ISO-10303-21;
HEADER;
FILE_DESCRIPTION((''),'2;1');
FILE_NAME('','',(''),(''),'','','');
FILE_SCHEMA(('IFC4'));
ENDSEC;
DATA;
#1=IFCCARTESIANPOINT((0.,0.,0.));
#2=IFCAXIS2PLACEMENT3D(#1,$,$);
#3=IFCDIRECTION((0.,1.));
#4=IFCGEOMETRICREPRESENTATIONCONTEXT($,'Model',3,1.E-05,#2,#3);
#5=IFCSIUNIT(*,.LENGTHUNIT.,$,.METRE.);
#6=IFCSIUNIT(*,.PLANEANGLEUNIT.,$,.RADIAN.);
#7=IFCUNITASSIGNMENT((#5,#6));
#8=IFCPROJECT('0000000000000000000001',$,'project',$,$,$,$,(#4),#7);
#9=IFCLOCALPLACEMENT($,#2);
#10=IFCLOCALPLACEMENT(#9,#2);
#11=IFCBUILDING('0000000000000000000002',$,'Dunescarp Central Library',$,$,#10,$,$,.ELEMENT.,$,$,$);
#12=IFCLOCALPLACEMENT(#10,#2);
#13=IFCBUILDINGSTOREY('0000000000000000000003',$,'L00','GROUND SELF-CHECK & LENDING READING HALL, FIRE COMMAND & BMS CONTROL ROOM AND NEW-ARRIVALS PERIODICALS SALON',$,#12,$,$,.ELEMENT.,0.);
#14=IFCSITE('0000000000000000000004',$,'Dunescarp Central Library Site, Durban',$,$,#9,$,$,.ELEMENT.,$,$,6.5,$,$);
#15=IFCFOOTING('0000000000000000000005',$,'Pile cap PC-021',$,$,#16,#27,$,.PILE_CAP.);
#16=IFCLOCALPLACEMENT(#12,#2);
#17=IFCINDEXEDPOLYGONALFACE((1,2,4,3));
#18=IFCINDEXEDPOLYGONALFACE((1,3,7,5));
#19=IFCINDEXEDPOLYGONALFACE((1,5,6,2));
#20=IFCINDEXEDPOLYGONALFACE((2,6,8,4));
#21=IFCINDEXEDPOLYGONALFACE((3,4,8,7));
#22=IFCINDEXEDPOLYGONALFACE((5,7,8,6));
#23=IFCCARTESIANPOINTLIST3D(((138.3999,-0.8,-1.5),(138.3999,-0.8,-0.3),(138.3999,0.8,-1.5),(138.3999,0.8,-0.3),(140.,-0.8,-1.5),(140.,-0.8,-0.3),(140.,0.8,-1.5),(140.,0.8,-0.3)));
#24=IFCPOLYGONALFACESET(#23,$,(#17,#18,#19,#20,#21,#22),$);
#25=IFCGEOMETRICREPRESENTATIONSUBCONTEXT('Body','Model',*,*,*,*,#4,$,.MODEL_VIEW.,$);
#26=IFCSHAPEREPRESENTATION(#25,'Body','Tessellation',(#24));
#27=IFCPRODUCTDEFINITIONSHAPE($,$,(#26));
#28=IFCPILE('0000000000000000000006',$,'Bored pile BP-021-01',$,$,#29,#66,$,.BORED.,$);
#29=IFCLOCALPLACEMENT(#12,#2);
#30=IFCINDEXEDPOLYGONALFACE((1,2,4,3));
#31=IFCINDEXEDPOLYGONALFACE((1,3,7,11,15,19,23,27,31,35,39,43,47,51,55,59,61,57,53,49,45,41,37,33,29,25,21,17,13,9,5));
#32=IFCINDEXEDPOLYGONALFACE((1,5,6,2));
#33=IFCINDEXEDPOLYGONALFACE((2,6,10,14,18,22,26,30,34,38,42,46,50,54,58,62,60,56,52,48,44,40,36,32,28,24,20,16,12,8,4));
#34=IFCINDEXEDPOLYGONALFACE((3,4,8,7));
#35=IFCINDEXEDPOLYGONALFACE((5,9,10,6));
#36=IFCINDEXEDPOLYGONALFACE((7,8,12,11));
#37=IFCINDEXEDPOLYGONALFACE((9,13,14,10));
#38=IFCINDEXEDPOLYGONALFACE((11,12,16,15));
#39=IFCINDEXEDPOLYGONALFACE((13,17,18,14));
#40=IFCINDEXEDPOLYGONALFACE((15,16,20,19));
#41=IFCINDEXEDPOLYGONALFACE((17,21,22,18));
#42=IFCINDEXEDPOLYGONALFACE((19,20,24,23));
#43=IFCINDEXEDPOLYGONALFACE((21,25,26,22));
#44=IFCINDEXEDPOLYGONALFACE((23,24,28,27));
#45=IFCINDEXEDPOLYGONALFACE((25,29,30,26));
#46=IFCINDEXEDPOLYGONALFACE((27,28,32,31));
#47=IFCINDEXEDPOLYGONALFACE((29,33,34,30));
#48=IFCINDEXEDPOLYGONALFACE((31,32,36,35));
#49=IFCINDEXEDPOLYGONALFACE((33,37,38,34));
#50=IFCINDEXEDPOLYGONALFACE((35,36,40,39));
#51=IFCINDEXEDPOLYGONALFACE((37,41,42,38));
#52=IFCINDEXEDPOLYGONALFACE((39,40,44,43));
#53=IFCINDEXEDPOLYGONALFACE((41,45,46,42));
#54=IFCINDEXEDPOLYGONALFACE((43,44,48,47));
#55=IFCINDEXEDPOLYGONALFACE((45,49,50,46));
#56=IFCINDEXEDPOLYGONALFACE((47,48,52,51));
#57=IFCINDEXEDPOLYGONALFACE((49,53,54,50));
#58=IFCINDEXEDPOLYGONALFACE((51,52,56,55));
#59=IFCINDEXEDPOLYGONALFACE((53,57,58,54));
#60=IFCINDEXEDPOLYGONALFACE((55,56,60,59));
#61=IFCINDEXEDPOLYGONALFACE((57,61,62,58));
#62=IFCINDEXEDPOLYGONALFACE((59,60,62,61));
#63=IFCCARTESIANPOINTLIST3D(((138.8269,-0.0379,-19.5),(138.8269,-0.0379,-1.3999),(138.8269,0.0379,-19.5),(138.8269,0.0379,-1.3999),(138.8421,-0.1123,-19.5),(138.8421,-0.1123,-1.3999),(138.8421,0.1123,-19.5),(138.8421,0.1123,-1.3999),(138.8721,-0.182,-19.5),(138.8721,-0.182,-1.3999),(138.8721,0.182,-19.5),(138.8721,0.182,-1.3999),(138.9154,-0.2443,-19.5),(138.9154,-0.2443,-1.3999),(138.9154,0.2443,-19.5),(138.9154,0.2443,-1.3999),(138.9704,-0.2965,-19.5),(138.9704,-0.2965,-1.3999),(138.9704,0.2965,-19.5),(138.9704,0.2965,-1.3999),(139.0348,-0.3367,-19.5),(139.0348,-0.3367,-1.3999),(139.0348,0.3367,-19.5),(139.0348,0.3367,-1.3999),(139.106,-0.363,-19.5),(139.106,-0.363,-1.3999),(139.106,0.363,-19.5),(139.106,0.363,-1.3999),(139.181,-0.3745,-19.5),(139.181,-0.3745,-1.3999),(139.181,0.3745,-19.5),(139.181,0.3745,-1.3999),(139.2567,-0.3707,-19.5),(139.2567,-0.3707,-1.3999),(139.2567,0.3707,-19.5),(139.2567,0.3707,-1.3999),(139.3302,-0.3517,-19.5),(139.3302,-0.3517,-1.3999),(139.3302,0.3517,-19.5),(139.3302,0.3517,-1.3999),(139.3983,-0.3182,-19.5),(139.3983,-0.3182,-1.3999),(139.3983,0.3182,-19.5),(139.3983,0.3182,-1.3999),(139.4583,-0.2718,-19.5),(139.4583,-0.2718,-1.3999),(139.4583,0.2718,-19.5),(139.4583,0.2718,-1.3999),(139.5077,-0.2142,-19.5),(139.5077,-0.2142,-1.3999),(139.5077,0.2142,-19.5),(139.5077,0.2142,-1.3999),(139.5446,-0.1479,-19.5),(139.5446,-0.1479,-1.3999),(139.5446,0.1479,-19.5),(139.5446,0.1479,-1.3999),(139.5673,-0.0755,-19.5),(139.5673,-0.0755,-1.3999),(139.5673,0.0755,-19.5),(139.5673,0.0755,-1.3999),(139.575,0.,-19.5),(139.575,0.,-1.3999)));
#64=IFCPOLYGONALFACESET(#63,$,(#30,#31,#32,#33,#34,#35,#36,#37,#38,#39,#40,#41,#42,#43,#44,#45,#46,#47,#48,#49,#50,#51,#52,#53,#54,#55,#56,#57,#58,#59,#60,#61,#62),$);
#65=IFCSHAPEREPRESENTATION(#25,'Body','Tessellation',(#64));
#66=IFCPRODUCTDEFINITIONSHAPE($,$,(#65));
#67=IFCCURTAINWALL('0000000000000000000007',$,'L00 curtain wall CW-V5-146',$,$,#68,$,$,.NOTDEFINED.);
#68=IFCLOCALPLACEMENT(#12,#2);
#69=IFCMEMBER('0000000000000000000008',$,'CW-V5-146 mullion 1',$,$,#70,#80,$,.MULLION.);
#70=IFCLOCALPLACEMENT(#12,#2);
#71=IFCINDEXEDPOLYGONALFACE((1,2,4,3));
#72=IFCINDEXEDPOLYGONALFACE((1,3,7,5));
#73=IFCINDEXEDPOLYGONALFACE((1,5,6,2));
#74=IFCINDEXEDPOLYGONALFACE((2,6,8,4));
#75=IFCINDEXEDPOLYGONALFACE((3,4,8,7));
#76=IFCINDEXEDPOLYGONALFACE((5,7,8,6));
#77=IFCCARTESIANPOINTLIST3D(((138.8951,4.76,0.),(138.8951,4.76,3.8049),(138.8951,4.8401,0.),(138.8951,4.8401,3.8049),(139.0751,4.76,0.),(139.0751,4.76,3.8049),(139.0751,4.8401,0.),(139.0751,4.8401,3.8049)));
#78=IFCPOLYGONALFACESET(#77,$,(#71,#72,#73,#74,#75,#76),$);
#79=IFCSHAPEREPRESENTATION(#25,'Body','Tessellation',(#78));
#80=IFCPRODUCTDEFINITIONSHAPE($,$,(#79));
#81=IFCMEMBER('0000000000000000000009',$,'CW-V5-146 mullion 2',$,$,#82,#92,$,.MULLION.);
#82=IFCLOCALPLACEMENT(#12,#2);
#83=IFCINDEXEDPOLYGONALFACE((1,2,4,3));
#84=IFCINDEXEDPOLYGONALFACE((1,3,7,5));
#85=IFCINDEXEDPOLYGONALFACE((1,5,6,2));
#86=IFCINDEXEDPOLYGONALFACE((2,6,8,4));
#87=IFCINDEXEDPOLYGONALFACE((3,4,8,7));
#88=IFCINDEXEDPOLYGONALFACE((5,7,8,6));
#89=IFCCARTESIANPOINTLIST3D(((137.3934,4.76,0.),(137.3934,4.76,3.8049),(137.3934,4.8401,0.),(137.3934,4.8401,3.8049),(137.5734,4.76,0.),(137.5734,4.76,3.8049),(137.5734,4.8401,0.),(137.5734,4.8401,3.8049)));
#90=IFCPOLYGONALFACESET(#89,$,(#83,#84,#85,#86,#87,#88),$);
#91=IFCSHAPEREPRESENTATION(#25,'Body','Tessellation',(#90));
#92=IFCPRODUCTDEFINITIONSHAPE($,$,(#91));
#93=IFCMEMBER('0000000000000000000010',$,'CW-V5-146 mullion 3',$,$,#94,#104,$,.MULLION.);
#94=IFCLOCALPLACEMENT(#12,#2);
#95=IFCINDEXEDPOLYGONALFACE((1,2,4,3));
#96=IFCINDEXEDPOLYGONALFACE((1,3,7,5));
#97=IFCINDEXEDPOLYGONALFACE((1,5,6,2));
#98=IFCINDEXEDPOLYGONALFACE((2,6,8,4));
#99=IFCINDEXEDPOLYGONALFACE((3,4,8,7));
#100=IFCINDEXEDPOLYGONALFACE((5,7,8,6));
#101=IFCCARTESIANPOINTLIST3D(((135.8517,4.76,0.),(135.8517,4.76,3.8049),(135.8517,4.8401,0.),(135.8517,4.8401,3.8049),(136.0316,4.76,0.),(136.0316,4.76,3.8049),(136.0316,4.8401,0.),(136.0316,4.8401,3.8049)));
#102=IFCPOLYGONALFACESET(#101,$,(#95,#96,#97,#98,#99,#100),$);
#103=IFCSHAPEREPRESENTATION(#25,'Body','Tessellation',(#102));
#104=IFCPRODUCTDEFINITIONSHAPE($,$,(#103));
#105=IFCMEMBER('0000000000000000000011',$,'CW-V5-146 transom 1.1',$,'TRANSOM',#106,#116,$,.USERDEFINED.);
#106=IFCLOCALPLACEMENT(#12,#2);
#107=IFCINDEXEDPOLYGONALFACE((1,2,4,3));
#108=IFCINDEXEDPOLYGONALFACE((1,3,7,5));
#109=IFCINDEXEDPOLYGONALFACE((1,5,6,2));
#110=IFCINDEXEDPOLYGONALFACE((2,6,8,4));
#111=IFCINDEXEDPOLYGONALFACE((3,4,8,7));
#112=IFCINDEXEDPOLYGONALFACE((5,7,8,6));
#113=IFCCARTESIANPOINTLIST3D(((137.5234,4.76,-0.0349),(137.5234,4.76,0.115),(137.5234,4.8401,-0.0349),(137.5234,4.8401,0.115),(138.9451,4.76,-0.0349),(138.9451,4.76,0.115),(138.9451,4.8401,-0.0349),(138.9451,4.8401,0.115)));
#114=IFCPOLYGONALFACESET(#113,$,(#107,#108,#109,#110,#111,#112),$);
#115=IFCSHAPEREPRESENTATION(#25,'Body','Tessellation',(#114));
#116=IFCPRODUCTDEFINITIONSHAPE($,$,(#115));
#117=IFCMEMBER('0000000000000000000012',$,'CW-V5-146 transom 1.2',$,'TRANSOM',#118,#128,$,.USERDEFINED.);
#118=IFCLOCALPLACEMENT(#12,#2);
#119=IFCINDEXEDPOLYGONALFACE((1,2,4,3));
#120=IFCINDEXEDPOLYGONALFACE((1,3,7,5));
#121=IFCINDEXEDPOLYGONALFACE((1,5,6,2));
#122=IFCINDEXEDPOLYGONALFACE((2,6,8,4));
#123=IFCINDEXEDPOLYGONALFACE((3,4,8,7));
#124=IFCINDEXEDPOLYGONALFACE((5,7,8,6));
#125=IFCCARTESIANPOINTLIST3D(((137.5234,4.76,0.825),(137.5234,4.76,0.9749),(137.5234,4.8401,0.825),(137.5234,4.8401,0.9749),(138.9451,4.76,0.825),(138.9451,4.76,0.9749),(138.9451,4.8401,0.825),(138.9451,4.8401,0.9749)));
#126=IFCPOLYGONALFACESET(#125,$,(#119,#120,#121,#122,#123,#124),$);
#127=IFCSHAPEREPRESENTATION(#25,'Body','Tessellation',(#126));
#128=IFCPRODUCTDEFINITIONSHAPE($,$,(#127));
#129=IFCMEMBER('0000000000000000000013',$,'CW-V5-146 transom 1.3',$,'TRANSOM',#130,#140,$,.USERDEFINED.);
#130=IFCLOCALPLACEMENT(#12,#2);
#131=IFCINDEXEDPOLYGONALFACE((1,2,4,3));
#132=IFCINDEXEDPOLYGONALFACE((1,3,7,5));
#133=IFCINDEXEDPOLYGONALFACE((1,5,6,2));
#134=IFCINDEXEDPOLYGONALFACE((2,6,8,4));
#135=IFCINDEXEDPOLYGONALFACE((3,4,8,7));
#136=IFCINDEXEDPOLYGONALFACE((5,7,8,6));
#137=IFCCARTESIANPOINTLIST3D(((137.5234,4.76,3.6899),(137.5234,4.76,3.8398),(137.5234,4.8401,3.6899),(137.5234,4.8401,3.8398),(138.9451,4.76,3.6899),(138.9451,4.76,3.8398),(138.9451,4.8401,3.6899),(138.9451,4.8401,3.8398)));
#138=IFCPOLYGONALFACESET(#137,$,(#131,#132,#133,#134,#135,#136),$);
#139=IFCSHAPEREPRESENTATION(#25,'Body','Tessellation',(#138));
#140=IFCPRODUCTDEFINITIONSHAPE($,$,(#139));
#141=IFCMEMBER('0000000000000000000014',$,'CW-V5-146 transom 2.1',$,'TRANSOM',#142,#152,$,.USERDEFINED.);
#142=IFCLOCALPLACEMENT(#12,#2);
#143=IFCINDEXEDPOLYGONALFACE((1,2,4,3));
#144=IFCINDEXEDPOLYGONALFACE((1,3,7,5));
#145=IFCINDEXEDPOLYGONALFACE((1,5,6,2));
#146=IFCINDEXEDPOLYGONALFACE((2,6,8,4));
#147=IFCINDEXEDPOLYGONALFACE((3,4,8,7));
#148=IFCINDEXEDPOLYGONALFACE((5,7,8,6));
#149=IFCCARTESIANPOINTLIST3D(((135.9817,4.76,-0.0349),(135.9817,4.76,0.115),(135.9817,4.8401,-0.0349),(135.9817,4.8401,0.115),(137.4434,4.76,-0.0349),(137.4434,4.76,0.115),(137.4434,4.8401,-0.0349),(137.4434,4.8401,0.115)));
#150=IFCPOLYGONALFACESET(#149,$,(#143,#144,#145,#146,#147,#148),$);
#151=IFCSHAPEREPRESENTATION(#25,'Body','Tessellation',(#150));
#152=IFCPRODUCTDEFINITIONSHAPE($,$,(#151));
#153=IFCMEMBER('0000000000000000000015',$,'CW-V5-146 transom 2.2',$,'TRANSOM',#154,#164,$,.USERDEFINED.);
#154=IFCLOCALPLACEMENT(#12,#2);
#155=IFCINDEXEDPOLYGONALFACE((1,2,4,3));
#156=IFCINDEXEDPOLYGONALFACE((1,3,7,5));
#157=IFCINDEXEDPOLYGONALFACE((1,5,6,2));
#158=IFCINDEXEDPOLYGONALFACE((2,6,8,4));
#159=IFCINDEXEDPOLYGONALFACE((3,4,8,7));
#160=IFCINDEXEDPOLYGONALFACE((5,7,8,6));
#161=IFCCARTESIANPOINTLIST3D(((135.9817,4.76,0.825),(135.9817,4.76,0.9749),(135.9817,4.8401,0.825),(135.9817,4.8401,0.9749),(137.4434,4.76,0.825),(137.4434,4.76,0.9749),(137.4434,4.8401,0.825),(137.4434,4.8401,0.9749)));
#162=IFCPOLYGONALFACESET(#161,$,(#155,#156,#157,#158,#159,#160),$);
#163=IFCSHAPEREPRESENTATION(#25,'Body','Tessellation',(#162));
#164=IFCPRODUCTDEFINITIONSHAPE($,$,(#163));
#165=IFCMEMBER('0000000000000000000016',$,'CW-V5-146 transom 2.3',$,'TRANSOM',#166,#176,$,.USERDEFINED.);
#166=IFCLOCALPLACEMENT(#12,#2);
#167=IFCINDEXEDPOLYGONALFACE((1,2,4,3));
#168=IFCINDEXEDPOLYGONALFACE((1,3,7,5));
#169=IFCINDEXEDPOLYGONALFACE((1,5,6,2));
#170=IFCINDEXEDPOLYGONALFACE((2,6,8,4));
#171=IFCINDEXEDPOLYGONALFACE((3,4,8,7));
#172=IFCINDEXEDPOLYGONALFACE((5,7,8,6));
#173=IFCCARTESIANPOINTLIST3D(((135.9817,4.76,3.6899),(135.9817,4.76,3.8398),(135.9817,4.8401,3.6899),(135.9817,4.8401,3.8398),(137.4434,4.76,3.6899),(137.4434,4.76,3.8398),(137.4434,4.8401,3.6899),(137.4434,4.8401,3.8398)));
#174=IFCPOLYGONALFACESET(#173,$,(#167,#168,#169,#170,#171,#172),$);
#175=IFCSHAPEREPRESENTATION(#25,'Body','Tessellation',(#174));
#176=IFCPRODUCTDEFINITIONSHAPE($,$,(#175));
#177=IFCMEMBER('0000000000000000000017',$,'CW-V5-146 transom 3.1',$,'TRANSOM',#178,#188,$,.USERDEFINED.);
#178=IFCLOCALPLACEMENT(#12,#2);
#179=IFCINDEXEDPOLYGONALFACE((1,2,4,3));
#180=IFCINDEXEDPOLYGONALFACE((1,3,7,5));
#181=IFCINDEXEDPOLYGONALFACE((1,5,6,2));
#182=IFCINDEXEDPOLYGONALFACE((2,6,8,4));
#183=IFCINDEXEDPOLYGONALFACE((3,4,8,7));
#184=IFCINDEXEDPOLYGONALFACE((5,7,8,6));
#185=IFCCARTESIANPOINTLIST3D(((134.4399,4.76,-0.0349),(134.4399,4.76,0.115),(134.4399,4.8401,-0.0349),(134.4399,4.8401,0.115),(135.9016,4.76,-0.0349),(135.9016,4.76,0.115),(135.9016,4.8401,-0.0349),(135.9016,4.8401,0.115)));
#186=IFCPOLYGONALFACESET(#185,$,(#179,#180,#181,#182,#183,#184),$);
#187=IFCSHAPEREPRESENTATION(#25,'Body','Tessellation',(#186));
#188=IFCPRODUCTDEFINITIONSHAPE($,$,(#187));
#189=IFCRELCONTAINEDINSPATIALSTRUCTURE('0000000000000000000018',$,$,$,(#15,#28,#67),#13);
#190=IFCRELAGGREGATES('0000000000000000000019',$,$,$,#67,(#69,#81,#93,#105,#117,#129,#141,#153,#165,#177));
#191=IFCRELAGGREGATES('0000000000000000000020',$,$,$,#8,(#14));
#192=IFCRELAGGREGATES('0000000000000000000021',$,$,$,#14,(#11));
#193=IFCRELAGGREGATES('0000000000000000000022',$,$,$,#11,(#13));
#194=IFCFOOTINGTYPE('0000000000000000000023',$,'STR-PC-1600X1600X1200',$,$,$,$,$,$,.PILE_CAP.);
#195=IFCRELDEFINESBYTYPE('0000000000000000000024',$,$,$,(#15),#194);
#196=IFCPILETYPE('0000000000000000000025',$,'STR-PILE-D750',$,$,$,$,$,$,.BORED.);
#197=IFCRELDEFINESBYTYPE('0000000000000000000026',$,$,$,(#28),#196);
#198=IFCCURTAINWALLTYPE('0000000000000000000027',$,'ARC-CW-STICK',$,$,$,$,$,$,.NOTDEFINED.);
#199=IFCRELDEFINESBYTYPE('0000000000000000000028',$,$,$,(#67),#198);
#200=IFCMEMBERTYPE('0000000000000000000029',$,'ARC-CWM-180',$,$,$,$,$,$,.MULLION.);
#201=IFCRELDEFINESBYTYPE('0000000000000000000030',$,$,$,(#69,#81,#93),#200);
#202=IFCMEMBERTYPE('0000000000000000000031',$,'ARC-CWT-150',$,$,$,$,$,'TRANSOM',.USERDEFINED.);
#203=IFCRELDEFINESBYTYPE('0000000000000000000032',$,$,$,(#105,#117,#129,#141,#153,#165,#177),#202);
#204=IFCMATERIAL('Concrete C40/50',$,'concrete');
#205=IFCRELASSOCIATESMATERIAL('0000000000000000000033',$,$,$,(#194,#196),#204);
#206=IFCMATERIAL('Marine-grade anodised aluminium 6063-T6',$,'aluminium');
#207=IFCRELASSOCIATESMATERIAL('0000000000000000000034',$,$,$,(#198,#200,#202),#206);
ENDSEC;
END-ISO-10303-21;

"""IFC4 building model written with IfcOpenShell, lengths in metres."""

from ifc_helpers import new_model, si_unit, direction, frame, origin, origin_2d, place, context, subcontext, project, spatial, rectangle, circle, extrude, material, material_profile, profile_set, type_object, element, aggregate, save


model = new_model("IFC4")

# Units and contexts
model_context = context("Model", 3, precision=1e-05, world=origin(), true_north=direction((0.0, 1.0)))
body_context = subcontext(model_context, "Body", "Model", "MODEL_VIEW")
ifc_project = project(units=[si_unit("LENGTHUNIT", "METRE"), si_unit("PLANEANGLEUNIT", "RADIAN")], contexts=[model_context])

# Site, building, storey
site_placement = place(None, origin())
site = spatial("IfcSite", under=ifc_project, at=site_placement, Name="Dunescarp Central Library Site, Durban", CompositionType="ELEMENT", RefElevation=6.5)
building_placement = place(site_placement, origin())
building = spatial("IfcBuilding", under=site, at=building_placement, Name="Dunescarp Central Library", CompositionType="ELEMENT")
storey_placement = place(building_placement, origin())
storey = spatial("IfcBuildingStorey", under=building, at=storey_placement, Name="L00", Description="GROUND SELF-CHECK & LENDING READING HALL, FIRE COMMAND & BMS CONTROL ROOM AND NEW-ARRIVALS PERIODICALS SALON", CompositionType="ELEMENT", Elevation=0.0)

# Footing
ifc_material_1 = material(Name="Concrete C40/50", Category="concrete")
footing_type = type_object("IfcFootingType", Name="STR-PC-1600X1600X1200", PredefinedType="PILE_CAP", material=ifc_material_1)
footing_placement = place(storey_placement, frame((139.2, 0.0, -1.5), z_axis=(0.0, 0.0, 1.0), x_axis=(1.0, 0.0, 0.0)))
element("IfcFooting", 1, at=footing_placement, inside=storey, type_object=footing_type, Name="Pile cap PC-021", PredefinedType="PILE_CAP", context=body_context, shape_type="SweptSolid", body=[
    extrude(rectangle(XDim=1.6001, YDim=1.6001, at=origin_2d()), origin(), (0.0, 0.0, 1.0), 1.2),
])

# Pile
ifc_material_profile_1 = material_profile(ifc_material_1, circle(Radius=0.375, at=origin_2d()), Name="PILE D750")
ifc_profile_set_1 = profile_set([ifc_material_profile_1], Name="Concrete C40/50")
pile_type = type_object("IfcPileType", Name="STR-PILE-D750", PredefinedType="BORED", material=ifc_profile_set_1)
pile_placement = place(storey_placement, frame((139.2, 0.0, -1.3999), z_axis=(0.0, 0.0, -1.0), x_axis=(1.0, 0.0, 0.0)))
element("IfcPile", 2, at=pile_placement, inside=storey, type_object=pile_type, Name="Bored pile BP-021-01", PredefinedType="BORED", context=body_context, shape_type="SweptSolid", body=[
    extrude(circle(Radius=0.375, at=origin_2d()), origin(), (0.0, 0.0, 1.0), 18.1001),
])

# Curtain wall, members
ifc_material_2 = material(Name="Marine-grade anodised aluminium 6063-T6", Category="aluminium")
curtain_wall_type = type_object("IfcCurtainWallType", Name="ARC-CW-STICK", PredefinedType="NOTDEFINED", material=ifc_material_2)
curtain_wall_placement = place(storey_placement, origin())
curtain_wall = element("IfcCurtainWall", 3, at=curtain_wall_placement, inside=storey, type_object=curtain_wall_type, Name="L00 curtain wall CW-V5-146", PredefinedType="NOTDEFINED")
ifc_material_profile_2 = material_profile(ifc_material_2, rectangle(XDim=0.0801, YDim=0.1799, at=origin_2d()), Name="AL 80x180")
ifc_profile_set_2 = profile_set([ifc_material_profile_2], Name="Marine-grade anodised aluminium 6063-T6")
member_type_1 = type_object("IfcMemberType", Name="ARC-CWM-180", PredefinedType="MULLION", material=ifc_profile_set_2)
member_1_placement = place(storey_placement, frame((138.9851, 4.8, 0.0), z_axis=(0.0, 0.0, 1.0), x_axis=(0.0, -1.0, 0.0)))
member_1 = element("IfcMember", 4, at=member_1_placement, type_object=member_type_1, Name="CW-V5-146 mullion 1", PredefinedType="MULLION", context=body_context, shape_type="SweptSolid", body=[
    extrude(rectangle(XDim=0.0801, YDim=0.1799, at=origin_2d()), origin(), (0.0, 0.0, 1.0), 3.8049),
])
member_2_placement = place(storey_placement, frame((137.4834, 4.8, 0.0), z_axis=(0.0, 0.0, 1.0), x_axis=(0.0, -1.0, 0.0)))
member_2 = element("IfcMember", 5, at=member_2_placement, type_object=member_type_1, Name="CW-V5-146 mullion 2", PredefinedType="MULLION", context=body_context, shape_type="SweptSolid", body=[
    extrude(rectangle(XDim=0.0801, YDim=0.1799, at=origin_2d()), origin(), (0.0, 0.0, 1.0), 3.8049),
])
member_3_placement = place(storey_placement, frame((135.9417, 4.8, 0.0), z_axis=(0.0, 0.0, 1.0), x_axis=(0.0, -1.0, 0.0)))
member_3 = element("IfcMember", 6, at=member_3_placement, type_object=member_type_1, Name="CW-V5-146 mullion 3", PredefinedType="MULLION", context=body_context, shape_type="SweptSolid", body=[
    extrude(rectangle(XDim=0.0801, YDim=0.1799, at=origin_2d()), origin(), (0.0, 0.0, 1.0), 3.8049),
])
ifc_material_profile_3 = material_profile(ifc_material_2, rectangle(XDim=0.0801, YDim=0.1499, at=origin_2d()), Name="AL 80x150")
ifc_profile_set_3 = profile_set([ifc_material_profile_3], Name="Marine-grade anodised aluminium 6063-T6")
member_type_2 = type_object("IfcMemberType", Name="ARC-CWT-150", ElementType="TRANSOM", PredefinedType="USERDEFINED", material=ifc_profile_set_3)
member_4_placement = place(storey_placement, frame((138.9451, 4.8, 0.04), z_axis=(-1.0, 0.0, 0.0), x_axis=(0.0, -1.0, 0.0)))
member_4 = element("IfcMember", 7, at=member_4_placement, type_object=member_type_2, Name="CW-V5-146 transom 1.1", ObjectType="TRANSOM", PredefinedType="USERDEFINED", context=body_context, shape_type="SweptSolid", body=[
    extrude(rectangle(XDim=0.0801, YDim=0.1499, at=origin_2d()), origin(), (0.0, 0.0, 1.0), 1.4216),
])
member_5_placement = place(storey_placement, frame((138.9451, 4.8, 0.8999), z_axis=(-1.0, 0.0, 0.0), x_axis=(0.0, -1.0, 0.0)))
member_5 = element("IfcMember", 8, at=member_5_placement, type_object=member_type_2, Name="CW-V5-146 transom 1.2", ObjectType="TRANSOM", PredefinedType="USERDEFINED", context=body_context, shape_type="SweptSolid", body=[
    extrude(rectangle(XDim=0.0801, YDim=0.1499, at=origin_2d()), origin(), (0.0, 0.0, 1.0), 1.4216),
])
member_6_placement = place(storey_placement, frame((138.9451, 4.8, 3.7649), z_axis=(-1.0, 0.0, 0.0), x_axis=(0.0, -1.0, 0.0)))
member_6 = element("IfcMember", 9, at=member_6_placement, type_object=member_type_2, Name="CW-V5-146 transom 1.3", ObjectType="TRANSOM", PredefinedType="USERDEFINED", context=body_context, shape_type="SweptSolid", body=[
    extrude(rectangle(XDim=0.0801, YDim=0.1499, at=origin_2d()), origin(), (0.0, 0.0, 1.0), 1.4216),
])
member_7_placement = place(storey_placement, frame((137.4434, 4.8, 0.04), z_axis=(-1.0, 0.0, 0.0), x_axis=(0.0, -1.0, 0.0)))
member_7 = element("IfcMember", 10, at=member_7_placement, type_object=member_type_2, Name="CW-V5-146 transom 2.1", ObjectType="TRANSOM", PredefinedType="USERDEFINED", context=body_context, shape_type="SweptSolid", body=[
    extrude(rectangle(XDim=0.0801, YDim=0.1499, at=origin_2d()), origin(), (0.0, 0.0, 1.0), 1.4617),
])
member_8_placement = place(storey_placement, frame((137.4434, 4.8, 0.8999), z_axis=(-1.0, 0.0, 0.0), x_axis=(0.0, -1.0, 0.0)))
member_8 = element("IfcMember", 11, at=member_8_placement, type_object=member_type_2, Name="CW-V5-146 transom 2.2", ObjectType="TRANSOM", PredefinedType="USERDEFINED", context=body_context, shape_type="SweptSolid", body=[
    extrude(rectangle(XDim=0.0801, YDim=0.1499, at=origin_2d()), origin(), (0.0, 0.0, 1.0), 1.4617),
])
member_9_placement = place(storey_placement, frame((137.4434, 4.8, 3.7649), z_axis=(-1.0, 0.0, 0.0), x_axis=(0.0, -1.0, 0.0)))
member_9 = element("IfcMember", 12, at=member_9_placement, type_object=member_type_2, Name="CW-V5-146 transom 2.3", ObjectType="TRANSOM", PredefinedType="USERDEFINED", context=body_context, shape_type="SweptSolid", body=[
    extrude(rectangle(XDim=0.0801, YDim=0.1499, at=origin_2d()), origin(), (0.0, 0.0, 1.0), 1.4617),
])
member_10_placement = place(storey_placement, frame((135.9016, 4.8, 0.04), z_axis=(-1.0, 0.0, 0.0), x_axis=(0.0, -1.0, 0.0)))
member_10 = element("IfcMember", 13, at=member_10_placement, type_object=member_type_2, Name="CW-V5-146 transom 3.1", ObjectType="TRANSOM", PredefinedType="USERDEFINED", context=body_context, shape_type="SweptSolid", body=[
    extrude(rectangle(XDim=0.0801, YDim=0.1499, at=origin_2d()), origin(), (0.0, 0.0, 1.0), 1.4617),
])
aggregate(curtain_wall, [member_1, member_2, member_3, member_4, member_5, member_6, member_7, member_8, member_9, member_10])

save(model, "model.ifc")
